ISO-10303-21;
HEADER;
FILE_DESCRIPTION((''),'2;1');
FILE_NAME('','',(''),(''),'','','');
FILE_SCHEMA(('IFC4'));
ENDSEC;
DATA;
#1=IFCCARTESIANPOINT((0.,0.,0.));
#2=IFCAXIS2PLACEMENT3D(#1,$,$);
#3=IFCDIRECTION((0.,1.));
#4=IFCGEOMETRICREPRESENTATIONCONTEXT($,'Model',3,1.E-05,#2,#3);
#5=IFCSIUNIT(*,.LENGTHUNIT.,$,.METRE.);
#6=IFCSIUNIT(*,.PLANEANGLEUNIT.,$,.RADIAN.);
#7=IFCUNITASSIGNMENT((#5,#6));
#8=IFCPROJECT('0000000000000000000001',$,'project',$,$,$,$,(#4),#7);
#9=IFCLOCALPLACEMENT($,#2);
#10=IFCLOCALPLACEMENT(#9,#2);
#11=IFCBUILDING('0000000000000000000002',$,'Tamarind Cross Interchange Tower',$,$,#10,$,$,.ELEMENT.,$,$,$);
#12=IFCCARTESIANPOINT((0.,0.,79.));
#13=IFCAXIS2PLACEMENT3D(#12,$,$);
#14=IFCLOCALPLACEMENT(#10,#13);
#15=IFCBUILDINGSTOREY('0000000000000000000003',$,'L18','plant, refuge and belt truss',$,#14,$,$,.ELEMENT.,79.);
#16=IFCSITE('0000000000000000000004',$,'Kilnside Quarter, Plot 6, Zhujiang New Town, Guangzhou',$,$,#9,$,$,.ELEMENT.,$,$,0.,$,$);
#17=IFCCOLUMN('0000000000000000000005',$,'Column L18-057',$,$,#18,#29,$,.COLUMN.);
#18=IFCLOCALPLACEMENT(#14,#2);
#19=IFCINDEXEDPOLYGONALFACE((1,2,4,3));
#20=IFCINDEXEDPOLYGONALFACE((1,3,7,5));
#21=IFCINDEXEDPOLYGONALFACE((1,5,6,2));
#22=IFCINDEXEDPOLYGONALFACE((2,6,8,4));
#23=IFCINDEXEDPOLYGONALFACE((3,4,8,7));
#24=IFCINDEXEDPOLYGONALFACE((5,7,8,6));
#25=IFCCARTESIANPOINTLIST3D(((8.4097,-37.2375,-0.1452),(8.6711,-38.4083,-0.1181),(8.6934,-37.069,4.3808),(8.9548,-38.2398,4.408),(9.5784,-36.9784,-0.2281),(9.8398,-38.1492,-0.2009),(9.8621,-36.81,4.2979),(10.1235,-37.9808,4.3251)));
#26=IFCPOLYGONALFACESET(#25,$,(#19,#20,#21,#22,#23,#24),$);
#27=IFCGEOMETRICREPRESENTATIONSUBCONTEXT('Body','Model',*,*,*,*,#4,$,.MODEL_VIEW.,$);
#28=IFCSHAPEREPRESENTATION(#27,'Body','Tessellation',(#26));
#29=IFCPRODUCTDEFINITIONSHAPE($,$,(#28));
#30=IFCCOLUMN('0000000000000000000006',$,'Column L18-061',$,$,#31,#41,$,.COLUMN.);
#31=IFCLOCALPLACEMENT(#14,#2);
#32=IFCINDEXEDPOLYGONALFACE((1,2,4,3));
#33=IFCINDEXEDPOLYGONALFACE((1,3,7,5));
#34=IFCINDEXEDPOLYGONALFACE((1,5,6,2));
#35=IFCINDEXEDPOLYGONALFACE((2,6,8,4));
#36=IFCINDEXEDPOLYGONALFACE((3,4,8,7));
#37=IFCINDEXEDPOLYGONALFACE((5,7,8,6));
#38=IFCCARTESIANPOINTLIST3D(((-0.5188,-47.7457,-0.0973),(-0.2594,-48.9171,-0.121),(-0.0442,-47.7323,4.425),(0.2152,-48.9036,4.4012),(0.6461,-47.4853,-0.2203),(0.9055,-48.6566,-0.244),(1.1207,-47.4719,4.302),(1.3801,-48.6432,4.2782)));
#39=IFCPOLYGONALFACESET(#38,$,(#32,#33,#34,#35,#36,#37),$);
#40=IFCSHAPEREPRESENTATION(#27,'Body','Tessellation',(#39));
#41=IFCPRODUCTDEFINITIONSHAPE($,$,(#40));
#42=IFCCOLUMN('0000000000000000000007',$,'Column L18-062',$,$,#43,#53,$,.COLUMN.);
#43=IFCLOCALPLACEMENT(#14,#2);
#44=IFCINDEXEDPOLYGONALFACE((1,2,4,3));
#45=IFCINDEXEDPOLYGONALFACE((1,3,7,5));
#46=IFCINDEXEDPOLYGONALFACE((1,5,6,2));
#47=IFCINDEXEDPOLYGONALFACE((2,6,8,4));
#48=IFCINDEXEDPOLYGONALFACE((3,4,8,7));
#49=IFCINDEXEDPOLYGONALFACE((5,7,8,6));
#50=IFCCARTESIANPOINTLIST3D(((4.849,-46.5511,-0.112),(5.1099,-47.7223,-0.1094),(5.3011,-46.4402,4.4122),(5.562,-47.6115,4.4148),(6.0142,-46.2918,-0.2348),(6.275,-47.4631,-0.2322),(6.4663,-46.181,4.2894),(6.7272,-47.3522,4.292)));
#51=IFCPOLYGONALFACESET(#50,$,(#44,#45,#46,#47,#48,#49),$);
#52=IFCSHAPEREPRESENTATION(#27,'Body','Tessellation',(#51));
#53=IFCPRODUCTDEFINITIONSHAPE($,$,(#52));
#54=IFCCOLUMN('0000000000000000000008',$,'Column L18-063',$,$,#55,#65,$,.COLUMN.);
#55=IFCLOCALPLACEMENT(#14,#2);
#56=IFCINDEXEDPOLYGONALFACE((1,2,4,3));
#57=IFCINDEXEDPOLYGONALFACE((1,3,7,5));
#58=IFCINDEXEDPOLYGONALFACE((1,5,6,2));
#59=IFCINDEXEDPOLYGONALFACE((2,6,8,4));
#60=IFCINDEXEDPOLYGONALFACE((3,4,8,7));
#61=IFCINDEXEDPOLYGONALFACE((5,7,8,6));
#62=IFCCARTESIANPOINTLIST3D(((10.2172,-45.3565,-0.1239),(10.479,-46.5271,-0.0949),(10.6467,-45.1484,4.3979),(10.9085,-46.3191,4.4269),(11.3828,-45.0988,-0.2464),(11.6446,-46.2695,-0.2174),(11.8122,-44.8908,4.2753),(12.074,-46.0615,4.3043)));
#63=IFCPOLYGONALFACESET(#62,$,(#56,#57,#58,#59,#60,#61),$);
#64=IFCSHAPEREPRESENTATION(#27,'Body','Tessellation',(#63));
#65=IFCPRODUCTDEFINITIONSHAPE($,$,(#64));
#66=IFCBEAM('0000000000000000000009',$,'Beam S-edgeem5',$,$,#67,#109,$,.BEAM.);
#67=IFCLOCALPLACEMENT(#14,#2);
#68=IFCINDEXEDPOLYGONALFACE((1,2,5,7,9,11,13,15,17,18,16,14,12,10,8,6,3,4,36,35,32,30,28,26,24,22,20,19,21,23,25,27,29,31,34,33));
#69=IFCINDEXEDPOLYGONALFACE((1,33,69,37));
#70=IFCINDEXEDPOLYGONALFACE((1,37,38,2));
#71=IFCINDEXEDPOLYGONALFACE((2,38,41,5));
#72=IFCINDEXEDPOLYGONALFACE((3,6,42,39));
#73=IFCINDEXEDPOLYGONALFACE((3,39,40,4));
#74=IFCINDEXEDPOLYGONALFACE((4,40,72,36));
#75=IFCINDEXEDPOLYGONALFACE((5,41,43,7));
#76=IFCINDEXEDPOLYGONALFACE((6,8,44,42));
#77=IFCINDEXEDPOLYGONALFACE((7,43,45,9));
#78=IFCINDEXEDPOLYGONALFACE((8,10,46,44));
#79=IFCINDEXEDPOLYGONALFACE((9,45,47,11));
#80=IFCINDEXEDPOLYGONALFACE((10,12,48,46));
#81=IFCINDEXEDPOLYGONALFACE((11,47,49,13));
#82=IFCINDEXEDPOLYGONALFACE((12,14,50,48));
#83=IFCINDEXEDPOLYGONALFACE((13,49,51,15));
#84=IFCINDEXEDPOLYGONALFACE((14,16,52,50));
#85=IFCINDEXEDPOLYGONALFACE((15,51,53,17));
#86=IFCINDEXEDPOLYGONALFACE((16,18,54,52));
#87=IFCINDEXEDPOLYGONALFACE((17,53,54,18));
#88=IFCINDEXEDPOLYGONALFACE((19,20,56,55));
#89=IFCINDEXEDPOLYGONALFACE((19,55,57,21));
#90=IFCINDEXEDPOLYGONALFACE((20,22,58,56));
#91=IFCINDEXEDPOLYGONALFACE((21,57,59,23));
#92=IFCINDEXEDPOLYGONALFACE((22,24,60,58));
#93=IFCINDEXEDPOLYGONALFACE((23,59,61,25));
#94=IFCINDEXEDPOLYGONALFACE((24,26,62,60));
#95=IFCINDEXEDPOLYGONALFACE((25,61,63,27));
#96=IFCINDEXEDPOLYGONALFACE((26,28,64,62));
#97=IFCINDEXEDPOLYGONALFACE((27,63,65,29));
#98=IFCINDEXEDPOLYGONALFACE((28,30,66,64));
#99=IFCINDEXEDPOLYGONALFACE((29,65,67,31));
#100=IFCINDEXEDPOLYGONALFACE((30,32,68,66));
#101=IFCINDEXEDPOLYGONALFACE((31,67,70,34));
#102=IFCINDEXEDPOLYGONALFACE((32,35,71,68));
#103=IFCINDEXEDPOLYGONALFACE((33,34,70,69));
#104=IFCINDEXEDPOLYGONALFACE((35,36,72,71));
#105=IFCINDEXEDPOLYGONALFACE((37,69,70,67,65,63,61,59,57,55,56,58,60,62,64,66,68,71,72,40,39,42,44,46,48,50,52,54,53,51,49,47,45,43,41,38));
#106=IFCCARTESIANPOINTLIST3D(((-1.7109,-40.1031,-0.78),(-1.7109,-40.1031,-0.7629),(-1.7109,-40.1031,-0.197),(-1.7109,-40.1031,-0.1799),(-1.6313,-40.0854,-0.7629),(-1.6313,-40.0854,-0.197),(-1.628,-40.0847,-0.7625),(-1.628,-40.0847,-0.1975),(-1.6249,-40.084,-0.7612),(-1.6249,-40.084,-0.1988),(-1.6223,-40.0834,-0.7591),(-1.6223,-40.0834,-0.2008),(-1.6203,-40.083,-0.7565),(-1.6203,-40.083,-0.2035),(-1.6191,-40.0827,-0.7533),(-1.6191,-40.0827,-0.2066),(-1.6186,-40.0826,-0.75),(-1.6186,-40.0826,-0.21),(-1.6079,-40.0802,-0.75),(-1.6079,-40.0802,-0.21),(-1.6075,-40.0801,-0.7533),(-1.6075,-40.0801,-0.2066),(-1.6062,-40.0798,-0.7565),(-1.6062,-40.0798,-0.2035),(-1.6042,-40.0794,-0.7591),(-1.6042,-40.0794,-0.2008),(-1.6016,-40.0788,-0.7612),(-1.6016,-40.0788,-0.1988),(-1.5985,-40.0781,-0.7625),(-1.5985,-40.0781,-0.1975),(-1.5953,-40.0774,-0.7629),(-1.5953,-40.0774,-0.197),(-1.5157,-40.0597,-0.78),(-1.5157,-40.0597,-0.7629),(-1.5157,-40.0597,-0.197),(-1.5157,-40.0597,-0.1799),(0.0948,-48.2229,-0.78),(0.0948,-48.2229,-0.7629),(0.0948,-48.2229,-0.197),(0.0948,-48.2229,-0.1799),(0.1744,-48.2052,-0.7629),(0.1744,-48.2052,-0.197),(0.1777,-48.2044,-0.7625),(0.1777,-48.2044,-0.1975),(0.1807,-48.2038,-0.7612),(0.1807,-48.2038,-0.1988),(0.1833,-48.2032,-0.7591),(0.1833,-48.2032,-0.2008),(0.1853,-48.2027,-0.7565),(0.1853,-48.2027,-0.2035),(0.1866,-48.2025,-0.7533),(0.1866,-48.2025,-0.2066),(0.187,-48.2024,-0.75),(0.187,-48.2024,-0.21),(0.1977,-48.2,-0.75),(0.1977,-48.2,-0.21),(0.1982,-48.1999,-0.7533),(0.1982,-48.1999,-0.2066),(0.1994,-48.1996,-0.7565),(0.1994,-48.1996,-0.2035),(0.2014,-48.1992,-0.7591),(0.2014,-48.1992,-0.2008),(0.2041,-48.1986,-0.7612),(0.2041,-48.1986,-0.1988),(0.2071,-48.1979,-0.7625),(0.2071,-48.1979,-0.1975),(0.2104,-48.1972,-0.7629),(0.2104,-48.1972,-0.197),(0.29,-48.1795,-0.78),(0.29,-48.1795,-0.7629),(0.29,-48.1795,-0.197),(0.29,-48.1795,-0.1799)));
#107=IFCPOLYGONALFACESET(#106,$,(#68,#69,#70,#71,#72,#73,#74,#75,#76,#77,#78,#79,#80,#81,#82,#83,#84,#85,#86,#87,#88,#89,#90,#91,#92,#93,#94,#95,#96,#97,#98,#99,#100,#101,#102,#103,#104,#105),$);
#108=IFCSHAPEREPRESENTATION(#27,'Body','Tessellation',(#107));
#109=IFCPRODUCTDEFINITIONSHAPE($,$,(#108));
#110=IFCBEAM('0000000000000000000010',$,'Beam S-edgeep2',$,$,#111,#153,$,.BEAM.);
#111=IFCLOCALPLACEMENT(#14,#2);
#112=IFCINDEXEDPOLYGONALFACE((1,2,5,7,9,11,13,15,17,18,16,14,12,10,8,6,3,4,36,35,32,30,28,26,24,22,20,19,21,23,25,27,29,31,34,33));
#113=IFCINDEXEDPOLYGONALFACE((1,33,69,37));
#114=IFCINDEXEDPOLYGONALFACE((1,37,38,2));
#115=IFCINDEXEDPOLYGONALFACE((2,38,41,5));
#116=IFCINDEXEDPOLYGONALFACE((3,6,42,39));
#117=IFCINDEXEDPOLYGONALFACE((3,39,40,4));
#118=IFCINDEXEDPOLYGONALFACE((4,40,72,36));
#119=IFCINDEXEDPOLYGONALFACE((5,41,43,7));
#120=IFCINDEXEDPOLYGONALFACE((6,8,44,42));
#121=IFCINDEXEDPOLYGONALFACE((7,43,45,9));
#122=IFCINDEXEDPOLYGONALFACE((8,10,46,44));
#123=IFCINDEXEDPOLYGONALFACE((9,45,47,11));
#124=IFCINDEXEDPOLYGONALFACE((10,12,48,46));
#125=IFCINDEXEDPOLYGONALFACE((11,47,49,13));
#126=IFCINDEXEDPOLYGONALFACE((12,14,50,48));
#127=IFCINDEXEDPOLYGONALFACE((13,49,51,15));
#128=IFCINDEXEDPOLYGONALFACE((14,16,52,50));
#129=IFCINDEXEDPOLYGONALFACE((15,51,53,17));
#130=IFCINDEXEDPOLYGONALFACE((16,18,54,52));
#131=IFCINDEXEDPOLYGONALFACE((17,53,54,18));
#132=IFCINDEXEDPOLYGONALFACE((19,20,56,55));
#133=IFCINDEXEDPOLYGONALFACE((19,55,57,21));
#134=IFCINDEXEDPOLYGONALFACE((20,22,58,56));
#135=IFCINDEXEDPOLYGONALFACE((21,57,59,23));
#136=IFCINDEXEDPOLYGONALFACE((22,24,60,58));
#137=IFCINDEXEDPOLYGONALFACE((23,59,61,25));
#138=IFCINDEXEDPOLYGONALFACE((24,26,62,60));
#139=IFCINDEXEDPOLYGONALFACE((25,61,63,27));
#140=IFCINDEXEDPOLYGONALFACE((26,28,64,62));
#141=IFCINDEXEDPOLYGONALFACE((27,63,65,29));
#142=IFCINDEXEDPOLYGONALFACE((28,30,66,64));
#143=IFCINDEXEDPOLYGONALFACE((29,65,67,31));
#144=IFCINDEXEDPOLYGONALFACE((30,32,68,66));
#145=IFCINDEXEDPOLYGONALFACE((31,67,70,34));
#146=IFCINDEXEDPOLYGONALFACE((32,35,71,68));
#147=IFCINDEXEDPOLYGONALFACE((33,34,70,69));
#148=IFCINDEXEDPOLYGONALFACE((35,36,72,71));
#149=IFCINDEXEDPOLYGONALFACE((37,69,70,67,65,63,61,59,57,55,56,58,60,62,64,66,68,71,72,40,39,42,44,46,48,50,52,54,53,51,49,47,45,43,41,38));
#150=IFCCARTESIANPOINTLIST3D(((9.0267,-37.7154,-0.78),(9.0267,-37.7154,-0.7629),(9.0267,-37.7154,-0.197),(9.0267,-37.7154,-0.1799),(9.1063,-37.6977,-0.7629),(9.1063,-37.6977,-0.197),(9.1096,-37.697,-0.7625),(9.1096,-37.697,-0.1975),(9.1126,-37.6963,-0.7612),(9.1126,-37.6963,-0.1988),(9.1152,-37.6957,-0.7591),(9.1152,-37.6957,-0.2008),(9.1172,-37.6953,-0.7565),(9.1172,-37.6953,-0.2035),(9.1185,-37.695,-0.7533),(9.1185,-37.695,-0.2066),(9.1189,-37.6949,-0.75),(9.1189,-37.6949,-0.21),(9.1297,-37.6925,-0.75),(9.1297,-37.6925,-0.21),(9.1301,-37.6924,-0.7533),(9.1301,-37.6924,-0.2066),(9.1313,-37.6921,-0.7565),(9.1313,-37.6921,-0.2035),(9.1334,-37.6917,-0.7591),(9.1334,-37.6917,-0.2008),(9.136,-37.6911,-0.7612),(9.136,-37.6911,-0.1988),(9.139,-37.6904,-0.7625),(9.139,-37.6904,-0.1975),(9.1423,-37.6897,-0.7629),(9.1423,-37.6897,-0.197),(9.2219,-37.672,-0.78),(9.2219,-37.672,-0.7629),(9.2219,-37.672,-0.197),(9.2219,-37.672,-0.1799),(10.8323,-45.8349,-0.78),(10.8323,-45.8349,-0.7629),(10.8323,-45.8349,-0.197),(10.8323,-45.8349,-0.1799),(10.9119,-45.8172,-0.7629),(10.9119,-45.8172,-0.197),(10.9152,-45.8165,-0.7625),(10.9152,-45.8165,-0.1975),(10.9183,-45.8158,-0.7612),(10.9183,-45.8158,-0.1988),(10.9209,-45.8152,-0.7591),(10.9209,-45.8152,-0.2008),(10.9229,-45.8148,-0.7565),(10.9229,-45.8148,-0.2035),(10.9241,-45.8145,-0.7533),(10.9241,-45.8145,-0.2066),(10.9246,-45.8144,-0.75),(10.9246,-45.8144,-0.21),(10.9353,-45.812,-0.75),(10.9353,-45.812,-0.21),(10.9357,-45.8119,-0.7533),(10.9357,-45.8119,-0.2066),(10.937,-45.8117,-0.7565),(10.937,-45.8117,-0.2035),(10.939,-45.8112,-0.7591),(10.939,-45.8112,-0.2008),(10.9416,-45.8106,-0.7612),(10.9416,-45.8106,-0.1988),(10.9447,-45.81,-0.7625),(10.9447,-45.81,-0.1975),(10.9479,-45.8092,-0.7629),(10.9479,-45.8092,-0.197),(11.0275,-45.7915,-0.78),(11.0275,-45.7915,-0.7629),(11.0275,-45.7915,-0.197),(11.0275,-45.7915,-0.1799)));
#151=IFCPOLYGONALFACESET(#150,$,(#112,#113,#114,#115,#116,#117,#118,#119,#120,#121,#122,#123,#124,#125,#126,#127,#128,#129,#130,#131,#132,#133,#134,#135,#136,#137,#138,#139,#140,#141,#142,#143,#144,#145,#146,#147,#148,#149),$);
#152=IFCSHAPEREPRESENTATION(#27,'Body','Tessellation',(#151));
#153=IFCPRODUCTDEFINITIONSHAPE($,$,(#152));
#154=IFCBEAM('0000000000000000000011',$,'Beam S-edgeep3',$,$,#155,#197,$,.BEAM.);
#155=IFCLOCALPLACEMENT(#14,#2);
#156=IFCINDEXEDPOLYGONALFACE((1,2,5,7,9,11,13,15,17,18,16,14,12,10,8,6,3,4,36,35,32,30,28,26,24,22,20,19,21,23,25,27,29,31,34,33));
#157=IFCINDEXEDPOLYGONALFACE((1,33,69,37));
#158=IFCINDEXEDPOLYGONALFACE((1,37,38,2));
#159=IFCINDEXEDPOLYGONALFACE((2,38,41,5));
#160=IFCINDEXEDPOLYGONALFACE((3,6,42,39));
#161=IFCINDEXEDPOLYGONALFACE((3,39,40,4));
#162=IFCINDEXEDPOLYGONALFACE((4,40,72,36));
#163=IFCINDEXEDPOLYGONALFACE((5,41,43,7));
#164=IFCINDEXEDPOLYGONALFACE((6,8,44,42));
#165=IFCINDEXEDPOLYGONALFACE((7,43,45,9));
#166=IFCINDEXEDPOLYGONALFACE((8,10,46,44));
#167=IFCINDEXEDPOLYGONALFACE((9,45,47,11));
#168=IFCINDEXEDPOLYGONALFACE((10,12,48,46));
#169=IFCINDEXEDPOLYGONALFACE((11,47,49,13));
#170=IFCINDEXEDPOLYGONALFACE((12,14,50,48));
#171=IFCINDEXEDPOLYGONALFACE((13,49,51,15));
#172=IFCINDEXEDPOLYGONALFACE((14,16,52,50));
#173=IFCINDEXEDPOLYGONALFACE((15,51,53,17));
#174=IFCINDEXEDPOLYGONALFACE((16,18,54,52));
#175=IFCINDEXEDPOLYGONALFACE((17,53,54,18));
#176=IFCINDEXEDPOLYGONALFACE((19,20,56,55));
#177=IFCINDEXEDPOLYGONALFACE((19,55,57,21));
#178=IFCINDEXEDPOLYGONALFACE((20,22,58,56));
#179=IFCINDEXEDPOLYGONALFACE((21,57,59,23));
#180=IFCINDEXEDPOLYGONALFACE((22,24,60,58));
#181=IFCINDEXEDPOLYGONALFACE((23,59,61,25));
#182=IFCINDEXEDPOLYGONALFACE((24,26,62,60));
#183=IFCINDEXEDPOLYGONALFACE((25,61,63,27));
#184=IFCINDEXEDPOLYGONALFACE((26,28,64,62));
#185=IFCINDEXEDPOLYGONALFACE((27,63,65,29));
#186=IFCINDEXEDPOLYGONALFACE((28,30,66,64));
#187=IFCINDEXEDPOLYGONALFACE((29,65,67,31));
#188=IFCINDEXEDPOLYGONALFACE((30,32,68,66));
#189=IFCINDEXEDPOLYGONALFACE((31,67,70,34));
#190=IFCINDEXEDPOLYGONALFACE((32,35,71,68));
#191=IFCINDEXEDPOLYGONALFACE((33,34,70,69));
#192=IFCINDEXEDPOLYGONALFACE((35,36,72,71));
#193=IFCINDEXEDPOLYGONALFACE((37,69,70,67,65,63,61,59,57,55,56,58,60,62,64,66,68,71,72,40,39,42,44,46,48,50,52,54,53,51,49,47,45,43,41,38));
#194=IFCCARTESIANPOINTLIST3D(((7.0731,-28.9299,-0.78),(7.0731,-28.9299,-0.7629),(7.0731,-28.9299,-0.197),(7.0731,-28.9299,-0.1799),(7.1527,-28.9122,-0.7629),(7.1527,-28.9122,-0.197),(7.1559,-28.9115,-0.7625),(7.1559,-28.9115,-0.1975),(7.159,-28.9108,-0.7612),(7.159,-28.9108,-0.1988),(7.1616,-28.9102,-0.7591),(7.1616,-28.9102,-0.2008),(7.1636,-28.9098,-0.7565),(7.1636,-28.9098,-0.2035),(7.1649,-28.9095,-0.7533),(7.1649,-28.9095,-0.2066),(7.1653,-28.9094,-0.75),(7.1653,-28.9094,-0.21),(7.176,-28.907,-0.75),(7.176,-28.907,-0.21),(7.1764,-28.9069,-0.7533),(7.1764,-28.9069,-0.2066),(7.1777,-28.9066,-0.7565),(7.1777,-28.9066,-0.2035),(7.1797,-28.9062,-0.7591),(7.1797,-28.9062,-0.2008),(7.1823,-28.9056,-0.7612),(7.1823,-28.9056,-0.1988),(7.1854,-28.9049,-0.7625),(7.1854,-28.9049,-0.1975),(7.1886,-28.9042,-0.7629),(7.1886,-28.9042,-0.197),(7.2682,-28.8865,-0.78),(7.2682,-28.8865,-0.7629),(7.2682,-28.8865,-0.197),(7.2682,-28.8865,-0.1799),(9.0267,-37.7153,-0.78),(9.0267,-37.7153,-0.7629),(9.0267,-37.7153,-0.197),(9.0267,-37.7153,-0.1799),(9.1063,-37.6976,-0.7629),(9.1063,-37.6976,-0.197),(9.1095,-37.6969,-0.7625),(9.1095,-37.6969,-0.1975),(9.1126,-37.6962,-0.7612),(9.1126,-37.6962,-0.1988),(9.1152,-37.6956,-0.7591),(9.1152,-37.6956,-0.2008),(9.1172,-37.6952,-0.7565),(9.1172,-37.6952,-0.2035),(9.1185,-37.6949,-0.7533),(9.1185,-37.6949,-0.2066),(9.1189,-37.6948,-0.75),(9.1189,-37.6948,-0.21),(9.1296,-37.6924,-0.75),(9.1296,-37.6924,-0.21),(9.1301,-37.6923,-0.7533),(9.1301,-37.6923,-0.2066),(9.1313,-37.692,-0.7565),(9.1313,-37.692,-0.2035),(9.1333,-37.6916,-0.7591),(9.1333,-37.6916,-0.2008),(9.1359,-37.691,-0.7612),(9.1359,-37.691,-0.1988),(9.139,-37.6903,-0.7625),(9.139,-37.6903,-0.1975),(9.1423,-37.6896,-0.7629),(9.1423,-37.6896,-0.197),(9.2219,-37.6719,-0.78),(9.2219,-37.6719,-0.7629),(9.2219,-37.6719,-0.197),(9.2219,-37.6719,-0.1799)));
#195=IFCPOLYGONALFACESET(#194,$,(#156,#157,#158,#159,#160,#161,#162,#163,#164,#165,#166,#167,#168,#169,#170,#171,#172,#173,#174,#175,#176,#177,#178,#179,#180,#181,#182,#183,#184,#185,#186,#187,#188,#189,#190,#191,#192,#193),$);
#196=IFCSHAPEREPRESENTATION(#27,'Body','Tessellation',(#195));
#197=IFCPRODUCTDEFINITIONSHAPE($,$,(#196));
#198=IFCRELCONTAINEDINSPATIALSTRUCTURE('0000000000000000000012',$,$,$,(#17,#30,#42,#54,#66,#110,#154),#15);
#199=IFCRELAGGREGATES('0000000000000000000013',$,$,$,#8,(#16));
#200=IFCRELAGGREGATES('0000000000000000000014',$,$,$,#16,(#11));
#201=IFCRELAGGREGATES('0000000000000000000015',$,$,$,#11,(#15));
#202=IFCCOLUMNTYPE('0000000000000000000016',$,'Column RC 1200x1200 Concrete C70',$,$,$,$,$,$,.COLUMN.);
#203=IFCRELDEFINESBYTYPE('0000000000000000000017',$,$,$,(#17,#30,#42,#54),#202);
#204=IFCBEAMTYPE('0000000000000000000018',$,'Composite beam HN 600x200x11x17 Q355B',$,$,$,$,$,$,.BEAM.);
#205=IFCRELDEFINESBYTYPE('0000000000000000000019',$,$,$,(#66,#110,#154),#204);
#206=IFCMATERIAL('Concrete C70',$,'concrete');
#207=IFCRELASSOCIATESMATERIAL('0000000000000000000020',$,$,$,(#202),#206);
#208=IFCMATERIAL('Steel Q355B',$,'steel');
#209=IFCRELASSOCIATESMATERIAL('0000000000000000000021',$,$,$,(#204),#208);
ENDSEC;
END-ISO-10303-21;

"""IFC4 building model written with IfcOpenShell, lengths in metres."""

from ifc_helpers import new_model, si_unit, direction, frame, origin, origin_2d, place, context, subcontext, project, spatial, rectangle, i_section, extrude, material, material_profile, profile_set, type_object, element, save


model = new_model("IFC4")

# Units and contexts
model_context = context("Model", 3, precision=1e-05, world=origin(), true_north=direction((0.0, 1.0)))
body_context = subcontext(model_context, "Body", "Model", "MODEL_VIEW")
ifc_project = project(units=[si_unit("LENGTHUNIT", "METRE"), si_unit("PLANEANGLEUNIT", "RADIAN")], contexts=[model_context])

# Site, building, storey
site_placement = place(None, origin())
site = spatial("IfcSite", under=ifc_project, at=site_placement, Name="Kilnside Quarter, Plot 6, Zhujiang New Town, Guangzhou", CompositionType="ELEMENT", RefElevation=0.0)
building_placement = place(site_placement, origin())
building = spatial("IfcBuilding", under=site, at=building_placement, Name="Tamarind Cross Interchange Tower", CompositionType="ELEMENT")
storey_placement = place(building_placement, frame((0.0, 0.0, 79.0)))
storey = spatial("IfcBuildingStorey", under=building, at=storey_placement, Name="L18", Description="plant, refuge and belt truss", CompositionType="ELEMENT", Elevation=79.0)

# Columns
ifc_material_1 = material(Name="Concrete C70", Category="concrete")
ifc_material_profile_1 = material_profile(ifc_material_1, rectangle(XDim=1.2, YDim=1.2, at=origin_2d()), Name="RC 1200x1200")
ifc_profile_set_1 = profile_set([ifc_material_profile_1], Name="Concrete C70")
column_type = type_object("IfcColumnType", Name="Column RC 1200x1200 Concrete C70", PredefinedType="COLUMN", material=ifc_profile_set_1)
column_1_placement = place(storey_placement, frame((9.1248, -37.6934, -0.1731), z_axis=(0.062513, 0.03712, 0.997354), x_axis=(-0.973971, -0.215891, 0.069082)))
element("IfcColumn", 1, at=column_1_placement, inside=storey, type_object=column_type, Name="Column L18-057", PredefinedType="COLUMN", context=body_context, shape_type="SweptSolid", body=[
    extrude(rectangle(XDim=1.2, YDim=1.2, at=origin_2d()), origin(), (0.0, 0.0, 1.0), 4.5381),
])
column_2_placement = place(storey_placement, frame((0.1934, -48.2012, -0.1707), z_axis=(0.104377, 0.002953, 0.994533), x_axis=(-0.216165, 0.976156, 0.019788)))
element("IfcColumn", 2, at=column_2_placement, inside=storey, type_object=column_type, Name="Column L18-061", PredefinedType="COLUMN", context=body_context, shape_type="SweptSolid", body=[
    extrude(rectangle(XDim=1.2, YDim=1.2, at=origin_2d()), origin(), (0.0, 0.0, 1.0), 4.5471),
])
column_3_placement = place(storey_placement, frame((5.562, -47.0071, -0.1721), z_axis=(0.099416, 0.024371, 0.994747), x_axis=(-0.971005, -0.216049, 0.102336)))
element("IfcColumn", 3, at=column_3_placement, inside=storey, type_object=column_type, Name="Column L18-062", PredefinedType="COLUMN", context=body_context, shape_type="SweptSolid", body=[
    extrude(rectangle(XDim=1.2, YDim=1.2, at=origin_2d()), origin(), (0.0, 0.0, 1.0), 4.5481),
])
column_4_placement = place(storey_placement, frame((10.9309, -45.813, -0.1707), z_axis=(0.094449, 0.045748, 0.994478), x_axis=(-0.971328, -0.21469, 0.102126)))
element("IfcColumn", 4, at=column_4_placement, inside=storey, type_object=column_type, Name="Column L18-063", PredefinedType="COLUMN", context=body_context, shape_type="SweptSolid", body=[
    extrude(rectangle(XDim=1.2, YDim=1.2, at=origin_2d()), origin(), (0.0, 0.0, 1.0), 4.5469),
])

# Beams
ifc_material_2 = material(Name="Steel Q355B", Category="steel")
ifc_material_profile_2 = material_profile(ifc_material_2, i_section(OverallWidth=0.2, OverallDepth=0.6001, WebThickness=0.011, FlangeThickness=0.0171, FilletRadius=0.0129, at=origin_2d()), Name="HN 600x200x11x17")
ifc_profile_set_2 = profile_set([ifc_material_profile_2], Name="Steel Q355B")
beam_type_1 = type_object("IfcBeamType", Name="Composite beam HN 600x200x11x17 Q355B", PredefinedType="BEAM", material=ifc_profile_set_2)
beam_1_placement = place(storey_placement, frame((0.1924, -48.2012, -0.48), z_axis=(-0.217073, 0.976155, 0.0), x_axis=(-0.976155, -0.217073, 0.0)))
element("IfcBeam", 5, at=beam_1_placement, inside=storey, type_object=beam_type_1, Name="Beam S-edgeem5", PredefinedType="BEAM", context=body_context, shape_type="SweptSolid", body=[
    extrude(i_section(OverallWidth=0.2, OverallDepth=0.6001, WebThickness=0.011, FlangeThickness=0.0171, FilletRadius=0.0129, at=origin_2d()), origin(), (0.0, 0.0, 1.0), 8.3181),
])
beam_2_placement = place(storey_placement, frame((10.9299, -45.8132, -0.48), z_axis=(-0.21708, 0.976154, 0.0), x_axis=(-0.976154, -0.21708, 0.0)))
element("IfcBeam", 6, at=beam_2_placement, inside=storey, type_object=beam_type_1, Name="Beam S-edgeep2", PredefinedType="BEAM", context=body_context, shape_type="SweptSolid", body=[
    extrude(i_section(OverallWidth=0.2, OverallDepth=0.6001, WebThickness=0.011, FlangeThickness=0.0171, FilletRadius=0.0129, at=origin_2d()), origin(), (0.0, 0.0, 1.0), 8.3179),
])
beam_3_placement = place(storey_placement, frame((9.1243, -37.6936, -0.48), z_axis=(-0.217068, 0.976156, 0.0), x_axis=(-0.976156, -0.217068, 0.0)))
element("IfcBeam", 7, at=beam_3_placement, inside=storey, type_object=beam_type_1, Name="Beam S-edgeep3", PredefinedType="BEAM", context=body_context, shape_type="SweptSolid", body=[
    extrude(i_section(OverallWidth=0.2, OverallDepth=0.6001, WebThickness=0.011, FlangeThickness=0.0171, FilletRadius=0.0129, at=origin_2d()), origin(), (0.0, 0.0, 1.0), 9.0),
])

save(model, "model.ifc")
